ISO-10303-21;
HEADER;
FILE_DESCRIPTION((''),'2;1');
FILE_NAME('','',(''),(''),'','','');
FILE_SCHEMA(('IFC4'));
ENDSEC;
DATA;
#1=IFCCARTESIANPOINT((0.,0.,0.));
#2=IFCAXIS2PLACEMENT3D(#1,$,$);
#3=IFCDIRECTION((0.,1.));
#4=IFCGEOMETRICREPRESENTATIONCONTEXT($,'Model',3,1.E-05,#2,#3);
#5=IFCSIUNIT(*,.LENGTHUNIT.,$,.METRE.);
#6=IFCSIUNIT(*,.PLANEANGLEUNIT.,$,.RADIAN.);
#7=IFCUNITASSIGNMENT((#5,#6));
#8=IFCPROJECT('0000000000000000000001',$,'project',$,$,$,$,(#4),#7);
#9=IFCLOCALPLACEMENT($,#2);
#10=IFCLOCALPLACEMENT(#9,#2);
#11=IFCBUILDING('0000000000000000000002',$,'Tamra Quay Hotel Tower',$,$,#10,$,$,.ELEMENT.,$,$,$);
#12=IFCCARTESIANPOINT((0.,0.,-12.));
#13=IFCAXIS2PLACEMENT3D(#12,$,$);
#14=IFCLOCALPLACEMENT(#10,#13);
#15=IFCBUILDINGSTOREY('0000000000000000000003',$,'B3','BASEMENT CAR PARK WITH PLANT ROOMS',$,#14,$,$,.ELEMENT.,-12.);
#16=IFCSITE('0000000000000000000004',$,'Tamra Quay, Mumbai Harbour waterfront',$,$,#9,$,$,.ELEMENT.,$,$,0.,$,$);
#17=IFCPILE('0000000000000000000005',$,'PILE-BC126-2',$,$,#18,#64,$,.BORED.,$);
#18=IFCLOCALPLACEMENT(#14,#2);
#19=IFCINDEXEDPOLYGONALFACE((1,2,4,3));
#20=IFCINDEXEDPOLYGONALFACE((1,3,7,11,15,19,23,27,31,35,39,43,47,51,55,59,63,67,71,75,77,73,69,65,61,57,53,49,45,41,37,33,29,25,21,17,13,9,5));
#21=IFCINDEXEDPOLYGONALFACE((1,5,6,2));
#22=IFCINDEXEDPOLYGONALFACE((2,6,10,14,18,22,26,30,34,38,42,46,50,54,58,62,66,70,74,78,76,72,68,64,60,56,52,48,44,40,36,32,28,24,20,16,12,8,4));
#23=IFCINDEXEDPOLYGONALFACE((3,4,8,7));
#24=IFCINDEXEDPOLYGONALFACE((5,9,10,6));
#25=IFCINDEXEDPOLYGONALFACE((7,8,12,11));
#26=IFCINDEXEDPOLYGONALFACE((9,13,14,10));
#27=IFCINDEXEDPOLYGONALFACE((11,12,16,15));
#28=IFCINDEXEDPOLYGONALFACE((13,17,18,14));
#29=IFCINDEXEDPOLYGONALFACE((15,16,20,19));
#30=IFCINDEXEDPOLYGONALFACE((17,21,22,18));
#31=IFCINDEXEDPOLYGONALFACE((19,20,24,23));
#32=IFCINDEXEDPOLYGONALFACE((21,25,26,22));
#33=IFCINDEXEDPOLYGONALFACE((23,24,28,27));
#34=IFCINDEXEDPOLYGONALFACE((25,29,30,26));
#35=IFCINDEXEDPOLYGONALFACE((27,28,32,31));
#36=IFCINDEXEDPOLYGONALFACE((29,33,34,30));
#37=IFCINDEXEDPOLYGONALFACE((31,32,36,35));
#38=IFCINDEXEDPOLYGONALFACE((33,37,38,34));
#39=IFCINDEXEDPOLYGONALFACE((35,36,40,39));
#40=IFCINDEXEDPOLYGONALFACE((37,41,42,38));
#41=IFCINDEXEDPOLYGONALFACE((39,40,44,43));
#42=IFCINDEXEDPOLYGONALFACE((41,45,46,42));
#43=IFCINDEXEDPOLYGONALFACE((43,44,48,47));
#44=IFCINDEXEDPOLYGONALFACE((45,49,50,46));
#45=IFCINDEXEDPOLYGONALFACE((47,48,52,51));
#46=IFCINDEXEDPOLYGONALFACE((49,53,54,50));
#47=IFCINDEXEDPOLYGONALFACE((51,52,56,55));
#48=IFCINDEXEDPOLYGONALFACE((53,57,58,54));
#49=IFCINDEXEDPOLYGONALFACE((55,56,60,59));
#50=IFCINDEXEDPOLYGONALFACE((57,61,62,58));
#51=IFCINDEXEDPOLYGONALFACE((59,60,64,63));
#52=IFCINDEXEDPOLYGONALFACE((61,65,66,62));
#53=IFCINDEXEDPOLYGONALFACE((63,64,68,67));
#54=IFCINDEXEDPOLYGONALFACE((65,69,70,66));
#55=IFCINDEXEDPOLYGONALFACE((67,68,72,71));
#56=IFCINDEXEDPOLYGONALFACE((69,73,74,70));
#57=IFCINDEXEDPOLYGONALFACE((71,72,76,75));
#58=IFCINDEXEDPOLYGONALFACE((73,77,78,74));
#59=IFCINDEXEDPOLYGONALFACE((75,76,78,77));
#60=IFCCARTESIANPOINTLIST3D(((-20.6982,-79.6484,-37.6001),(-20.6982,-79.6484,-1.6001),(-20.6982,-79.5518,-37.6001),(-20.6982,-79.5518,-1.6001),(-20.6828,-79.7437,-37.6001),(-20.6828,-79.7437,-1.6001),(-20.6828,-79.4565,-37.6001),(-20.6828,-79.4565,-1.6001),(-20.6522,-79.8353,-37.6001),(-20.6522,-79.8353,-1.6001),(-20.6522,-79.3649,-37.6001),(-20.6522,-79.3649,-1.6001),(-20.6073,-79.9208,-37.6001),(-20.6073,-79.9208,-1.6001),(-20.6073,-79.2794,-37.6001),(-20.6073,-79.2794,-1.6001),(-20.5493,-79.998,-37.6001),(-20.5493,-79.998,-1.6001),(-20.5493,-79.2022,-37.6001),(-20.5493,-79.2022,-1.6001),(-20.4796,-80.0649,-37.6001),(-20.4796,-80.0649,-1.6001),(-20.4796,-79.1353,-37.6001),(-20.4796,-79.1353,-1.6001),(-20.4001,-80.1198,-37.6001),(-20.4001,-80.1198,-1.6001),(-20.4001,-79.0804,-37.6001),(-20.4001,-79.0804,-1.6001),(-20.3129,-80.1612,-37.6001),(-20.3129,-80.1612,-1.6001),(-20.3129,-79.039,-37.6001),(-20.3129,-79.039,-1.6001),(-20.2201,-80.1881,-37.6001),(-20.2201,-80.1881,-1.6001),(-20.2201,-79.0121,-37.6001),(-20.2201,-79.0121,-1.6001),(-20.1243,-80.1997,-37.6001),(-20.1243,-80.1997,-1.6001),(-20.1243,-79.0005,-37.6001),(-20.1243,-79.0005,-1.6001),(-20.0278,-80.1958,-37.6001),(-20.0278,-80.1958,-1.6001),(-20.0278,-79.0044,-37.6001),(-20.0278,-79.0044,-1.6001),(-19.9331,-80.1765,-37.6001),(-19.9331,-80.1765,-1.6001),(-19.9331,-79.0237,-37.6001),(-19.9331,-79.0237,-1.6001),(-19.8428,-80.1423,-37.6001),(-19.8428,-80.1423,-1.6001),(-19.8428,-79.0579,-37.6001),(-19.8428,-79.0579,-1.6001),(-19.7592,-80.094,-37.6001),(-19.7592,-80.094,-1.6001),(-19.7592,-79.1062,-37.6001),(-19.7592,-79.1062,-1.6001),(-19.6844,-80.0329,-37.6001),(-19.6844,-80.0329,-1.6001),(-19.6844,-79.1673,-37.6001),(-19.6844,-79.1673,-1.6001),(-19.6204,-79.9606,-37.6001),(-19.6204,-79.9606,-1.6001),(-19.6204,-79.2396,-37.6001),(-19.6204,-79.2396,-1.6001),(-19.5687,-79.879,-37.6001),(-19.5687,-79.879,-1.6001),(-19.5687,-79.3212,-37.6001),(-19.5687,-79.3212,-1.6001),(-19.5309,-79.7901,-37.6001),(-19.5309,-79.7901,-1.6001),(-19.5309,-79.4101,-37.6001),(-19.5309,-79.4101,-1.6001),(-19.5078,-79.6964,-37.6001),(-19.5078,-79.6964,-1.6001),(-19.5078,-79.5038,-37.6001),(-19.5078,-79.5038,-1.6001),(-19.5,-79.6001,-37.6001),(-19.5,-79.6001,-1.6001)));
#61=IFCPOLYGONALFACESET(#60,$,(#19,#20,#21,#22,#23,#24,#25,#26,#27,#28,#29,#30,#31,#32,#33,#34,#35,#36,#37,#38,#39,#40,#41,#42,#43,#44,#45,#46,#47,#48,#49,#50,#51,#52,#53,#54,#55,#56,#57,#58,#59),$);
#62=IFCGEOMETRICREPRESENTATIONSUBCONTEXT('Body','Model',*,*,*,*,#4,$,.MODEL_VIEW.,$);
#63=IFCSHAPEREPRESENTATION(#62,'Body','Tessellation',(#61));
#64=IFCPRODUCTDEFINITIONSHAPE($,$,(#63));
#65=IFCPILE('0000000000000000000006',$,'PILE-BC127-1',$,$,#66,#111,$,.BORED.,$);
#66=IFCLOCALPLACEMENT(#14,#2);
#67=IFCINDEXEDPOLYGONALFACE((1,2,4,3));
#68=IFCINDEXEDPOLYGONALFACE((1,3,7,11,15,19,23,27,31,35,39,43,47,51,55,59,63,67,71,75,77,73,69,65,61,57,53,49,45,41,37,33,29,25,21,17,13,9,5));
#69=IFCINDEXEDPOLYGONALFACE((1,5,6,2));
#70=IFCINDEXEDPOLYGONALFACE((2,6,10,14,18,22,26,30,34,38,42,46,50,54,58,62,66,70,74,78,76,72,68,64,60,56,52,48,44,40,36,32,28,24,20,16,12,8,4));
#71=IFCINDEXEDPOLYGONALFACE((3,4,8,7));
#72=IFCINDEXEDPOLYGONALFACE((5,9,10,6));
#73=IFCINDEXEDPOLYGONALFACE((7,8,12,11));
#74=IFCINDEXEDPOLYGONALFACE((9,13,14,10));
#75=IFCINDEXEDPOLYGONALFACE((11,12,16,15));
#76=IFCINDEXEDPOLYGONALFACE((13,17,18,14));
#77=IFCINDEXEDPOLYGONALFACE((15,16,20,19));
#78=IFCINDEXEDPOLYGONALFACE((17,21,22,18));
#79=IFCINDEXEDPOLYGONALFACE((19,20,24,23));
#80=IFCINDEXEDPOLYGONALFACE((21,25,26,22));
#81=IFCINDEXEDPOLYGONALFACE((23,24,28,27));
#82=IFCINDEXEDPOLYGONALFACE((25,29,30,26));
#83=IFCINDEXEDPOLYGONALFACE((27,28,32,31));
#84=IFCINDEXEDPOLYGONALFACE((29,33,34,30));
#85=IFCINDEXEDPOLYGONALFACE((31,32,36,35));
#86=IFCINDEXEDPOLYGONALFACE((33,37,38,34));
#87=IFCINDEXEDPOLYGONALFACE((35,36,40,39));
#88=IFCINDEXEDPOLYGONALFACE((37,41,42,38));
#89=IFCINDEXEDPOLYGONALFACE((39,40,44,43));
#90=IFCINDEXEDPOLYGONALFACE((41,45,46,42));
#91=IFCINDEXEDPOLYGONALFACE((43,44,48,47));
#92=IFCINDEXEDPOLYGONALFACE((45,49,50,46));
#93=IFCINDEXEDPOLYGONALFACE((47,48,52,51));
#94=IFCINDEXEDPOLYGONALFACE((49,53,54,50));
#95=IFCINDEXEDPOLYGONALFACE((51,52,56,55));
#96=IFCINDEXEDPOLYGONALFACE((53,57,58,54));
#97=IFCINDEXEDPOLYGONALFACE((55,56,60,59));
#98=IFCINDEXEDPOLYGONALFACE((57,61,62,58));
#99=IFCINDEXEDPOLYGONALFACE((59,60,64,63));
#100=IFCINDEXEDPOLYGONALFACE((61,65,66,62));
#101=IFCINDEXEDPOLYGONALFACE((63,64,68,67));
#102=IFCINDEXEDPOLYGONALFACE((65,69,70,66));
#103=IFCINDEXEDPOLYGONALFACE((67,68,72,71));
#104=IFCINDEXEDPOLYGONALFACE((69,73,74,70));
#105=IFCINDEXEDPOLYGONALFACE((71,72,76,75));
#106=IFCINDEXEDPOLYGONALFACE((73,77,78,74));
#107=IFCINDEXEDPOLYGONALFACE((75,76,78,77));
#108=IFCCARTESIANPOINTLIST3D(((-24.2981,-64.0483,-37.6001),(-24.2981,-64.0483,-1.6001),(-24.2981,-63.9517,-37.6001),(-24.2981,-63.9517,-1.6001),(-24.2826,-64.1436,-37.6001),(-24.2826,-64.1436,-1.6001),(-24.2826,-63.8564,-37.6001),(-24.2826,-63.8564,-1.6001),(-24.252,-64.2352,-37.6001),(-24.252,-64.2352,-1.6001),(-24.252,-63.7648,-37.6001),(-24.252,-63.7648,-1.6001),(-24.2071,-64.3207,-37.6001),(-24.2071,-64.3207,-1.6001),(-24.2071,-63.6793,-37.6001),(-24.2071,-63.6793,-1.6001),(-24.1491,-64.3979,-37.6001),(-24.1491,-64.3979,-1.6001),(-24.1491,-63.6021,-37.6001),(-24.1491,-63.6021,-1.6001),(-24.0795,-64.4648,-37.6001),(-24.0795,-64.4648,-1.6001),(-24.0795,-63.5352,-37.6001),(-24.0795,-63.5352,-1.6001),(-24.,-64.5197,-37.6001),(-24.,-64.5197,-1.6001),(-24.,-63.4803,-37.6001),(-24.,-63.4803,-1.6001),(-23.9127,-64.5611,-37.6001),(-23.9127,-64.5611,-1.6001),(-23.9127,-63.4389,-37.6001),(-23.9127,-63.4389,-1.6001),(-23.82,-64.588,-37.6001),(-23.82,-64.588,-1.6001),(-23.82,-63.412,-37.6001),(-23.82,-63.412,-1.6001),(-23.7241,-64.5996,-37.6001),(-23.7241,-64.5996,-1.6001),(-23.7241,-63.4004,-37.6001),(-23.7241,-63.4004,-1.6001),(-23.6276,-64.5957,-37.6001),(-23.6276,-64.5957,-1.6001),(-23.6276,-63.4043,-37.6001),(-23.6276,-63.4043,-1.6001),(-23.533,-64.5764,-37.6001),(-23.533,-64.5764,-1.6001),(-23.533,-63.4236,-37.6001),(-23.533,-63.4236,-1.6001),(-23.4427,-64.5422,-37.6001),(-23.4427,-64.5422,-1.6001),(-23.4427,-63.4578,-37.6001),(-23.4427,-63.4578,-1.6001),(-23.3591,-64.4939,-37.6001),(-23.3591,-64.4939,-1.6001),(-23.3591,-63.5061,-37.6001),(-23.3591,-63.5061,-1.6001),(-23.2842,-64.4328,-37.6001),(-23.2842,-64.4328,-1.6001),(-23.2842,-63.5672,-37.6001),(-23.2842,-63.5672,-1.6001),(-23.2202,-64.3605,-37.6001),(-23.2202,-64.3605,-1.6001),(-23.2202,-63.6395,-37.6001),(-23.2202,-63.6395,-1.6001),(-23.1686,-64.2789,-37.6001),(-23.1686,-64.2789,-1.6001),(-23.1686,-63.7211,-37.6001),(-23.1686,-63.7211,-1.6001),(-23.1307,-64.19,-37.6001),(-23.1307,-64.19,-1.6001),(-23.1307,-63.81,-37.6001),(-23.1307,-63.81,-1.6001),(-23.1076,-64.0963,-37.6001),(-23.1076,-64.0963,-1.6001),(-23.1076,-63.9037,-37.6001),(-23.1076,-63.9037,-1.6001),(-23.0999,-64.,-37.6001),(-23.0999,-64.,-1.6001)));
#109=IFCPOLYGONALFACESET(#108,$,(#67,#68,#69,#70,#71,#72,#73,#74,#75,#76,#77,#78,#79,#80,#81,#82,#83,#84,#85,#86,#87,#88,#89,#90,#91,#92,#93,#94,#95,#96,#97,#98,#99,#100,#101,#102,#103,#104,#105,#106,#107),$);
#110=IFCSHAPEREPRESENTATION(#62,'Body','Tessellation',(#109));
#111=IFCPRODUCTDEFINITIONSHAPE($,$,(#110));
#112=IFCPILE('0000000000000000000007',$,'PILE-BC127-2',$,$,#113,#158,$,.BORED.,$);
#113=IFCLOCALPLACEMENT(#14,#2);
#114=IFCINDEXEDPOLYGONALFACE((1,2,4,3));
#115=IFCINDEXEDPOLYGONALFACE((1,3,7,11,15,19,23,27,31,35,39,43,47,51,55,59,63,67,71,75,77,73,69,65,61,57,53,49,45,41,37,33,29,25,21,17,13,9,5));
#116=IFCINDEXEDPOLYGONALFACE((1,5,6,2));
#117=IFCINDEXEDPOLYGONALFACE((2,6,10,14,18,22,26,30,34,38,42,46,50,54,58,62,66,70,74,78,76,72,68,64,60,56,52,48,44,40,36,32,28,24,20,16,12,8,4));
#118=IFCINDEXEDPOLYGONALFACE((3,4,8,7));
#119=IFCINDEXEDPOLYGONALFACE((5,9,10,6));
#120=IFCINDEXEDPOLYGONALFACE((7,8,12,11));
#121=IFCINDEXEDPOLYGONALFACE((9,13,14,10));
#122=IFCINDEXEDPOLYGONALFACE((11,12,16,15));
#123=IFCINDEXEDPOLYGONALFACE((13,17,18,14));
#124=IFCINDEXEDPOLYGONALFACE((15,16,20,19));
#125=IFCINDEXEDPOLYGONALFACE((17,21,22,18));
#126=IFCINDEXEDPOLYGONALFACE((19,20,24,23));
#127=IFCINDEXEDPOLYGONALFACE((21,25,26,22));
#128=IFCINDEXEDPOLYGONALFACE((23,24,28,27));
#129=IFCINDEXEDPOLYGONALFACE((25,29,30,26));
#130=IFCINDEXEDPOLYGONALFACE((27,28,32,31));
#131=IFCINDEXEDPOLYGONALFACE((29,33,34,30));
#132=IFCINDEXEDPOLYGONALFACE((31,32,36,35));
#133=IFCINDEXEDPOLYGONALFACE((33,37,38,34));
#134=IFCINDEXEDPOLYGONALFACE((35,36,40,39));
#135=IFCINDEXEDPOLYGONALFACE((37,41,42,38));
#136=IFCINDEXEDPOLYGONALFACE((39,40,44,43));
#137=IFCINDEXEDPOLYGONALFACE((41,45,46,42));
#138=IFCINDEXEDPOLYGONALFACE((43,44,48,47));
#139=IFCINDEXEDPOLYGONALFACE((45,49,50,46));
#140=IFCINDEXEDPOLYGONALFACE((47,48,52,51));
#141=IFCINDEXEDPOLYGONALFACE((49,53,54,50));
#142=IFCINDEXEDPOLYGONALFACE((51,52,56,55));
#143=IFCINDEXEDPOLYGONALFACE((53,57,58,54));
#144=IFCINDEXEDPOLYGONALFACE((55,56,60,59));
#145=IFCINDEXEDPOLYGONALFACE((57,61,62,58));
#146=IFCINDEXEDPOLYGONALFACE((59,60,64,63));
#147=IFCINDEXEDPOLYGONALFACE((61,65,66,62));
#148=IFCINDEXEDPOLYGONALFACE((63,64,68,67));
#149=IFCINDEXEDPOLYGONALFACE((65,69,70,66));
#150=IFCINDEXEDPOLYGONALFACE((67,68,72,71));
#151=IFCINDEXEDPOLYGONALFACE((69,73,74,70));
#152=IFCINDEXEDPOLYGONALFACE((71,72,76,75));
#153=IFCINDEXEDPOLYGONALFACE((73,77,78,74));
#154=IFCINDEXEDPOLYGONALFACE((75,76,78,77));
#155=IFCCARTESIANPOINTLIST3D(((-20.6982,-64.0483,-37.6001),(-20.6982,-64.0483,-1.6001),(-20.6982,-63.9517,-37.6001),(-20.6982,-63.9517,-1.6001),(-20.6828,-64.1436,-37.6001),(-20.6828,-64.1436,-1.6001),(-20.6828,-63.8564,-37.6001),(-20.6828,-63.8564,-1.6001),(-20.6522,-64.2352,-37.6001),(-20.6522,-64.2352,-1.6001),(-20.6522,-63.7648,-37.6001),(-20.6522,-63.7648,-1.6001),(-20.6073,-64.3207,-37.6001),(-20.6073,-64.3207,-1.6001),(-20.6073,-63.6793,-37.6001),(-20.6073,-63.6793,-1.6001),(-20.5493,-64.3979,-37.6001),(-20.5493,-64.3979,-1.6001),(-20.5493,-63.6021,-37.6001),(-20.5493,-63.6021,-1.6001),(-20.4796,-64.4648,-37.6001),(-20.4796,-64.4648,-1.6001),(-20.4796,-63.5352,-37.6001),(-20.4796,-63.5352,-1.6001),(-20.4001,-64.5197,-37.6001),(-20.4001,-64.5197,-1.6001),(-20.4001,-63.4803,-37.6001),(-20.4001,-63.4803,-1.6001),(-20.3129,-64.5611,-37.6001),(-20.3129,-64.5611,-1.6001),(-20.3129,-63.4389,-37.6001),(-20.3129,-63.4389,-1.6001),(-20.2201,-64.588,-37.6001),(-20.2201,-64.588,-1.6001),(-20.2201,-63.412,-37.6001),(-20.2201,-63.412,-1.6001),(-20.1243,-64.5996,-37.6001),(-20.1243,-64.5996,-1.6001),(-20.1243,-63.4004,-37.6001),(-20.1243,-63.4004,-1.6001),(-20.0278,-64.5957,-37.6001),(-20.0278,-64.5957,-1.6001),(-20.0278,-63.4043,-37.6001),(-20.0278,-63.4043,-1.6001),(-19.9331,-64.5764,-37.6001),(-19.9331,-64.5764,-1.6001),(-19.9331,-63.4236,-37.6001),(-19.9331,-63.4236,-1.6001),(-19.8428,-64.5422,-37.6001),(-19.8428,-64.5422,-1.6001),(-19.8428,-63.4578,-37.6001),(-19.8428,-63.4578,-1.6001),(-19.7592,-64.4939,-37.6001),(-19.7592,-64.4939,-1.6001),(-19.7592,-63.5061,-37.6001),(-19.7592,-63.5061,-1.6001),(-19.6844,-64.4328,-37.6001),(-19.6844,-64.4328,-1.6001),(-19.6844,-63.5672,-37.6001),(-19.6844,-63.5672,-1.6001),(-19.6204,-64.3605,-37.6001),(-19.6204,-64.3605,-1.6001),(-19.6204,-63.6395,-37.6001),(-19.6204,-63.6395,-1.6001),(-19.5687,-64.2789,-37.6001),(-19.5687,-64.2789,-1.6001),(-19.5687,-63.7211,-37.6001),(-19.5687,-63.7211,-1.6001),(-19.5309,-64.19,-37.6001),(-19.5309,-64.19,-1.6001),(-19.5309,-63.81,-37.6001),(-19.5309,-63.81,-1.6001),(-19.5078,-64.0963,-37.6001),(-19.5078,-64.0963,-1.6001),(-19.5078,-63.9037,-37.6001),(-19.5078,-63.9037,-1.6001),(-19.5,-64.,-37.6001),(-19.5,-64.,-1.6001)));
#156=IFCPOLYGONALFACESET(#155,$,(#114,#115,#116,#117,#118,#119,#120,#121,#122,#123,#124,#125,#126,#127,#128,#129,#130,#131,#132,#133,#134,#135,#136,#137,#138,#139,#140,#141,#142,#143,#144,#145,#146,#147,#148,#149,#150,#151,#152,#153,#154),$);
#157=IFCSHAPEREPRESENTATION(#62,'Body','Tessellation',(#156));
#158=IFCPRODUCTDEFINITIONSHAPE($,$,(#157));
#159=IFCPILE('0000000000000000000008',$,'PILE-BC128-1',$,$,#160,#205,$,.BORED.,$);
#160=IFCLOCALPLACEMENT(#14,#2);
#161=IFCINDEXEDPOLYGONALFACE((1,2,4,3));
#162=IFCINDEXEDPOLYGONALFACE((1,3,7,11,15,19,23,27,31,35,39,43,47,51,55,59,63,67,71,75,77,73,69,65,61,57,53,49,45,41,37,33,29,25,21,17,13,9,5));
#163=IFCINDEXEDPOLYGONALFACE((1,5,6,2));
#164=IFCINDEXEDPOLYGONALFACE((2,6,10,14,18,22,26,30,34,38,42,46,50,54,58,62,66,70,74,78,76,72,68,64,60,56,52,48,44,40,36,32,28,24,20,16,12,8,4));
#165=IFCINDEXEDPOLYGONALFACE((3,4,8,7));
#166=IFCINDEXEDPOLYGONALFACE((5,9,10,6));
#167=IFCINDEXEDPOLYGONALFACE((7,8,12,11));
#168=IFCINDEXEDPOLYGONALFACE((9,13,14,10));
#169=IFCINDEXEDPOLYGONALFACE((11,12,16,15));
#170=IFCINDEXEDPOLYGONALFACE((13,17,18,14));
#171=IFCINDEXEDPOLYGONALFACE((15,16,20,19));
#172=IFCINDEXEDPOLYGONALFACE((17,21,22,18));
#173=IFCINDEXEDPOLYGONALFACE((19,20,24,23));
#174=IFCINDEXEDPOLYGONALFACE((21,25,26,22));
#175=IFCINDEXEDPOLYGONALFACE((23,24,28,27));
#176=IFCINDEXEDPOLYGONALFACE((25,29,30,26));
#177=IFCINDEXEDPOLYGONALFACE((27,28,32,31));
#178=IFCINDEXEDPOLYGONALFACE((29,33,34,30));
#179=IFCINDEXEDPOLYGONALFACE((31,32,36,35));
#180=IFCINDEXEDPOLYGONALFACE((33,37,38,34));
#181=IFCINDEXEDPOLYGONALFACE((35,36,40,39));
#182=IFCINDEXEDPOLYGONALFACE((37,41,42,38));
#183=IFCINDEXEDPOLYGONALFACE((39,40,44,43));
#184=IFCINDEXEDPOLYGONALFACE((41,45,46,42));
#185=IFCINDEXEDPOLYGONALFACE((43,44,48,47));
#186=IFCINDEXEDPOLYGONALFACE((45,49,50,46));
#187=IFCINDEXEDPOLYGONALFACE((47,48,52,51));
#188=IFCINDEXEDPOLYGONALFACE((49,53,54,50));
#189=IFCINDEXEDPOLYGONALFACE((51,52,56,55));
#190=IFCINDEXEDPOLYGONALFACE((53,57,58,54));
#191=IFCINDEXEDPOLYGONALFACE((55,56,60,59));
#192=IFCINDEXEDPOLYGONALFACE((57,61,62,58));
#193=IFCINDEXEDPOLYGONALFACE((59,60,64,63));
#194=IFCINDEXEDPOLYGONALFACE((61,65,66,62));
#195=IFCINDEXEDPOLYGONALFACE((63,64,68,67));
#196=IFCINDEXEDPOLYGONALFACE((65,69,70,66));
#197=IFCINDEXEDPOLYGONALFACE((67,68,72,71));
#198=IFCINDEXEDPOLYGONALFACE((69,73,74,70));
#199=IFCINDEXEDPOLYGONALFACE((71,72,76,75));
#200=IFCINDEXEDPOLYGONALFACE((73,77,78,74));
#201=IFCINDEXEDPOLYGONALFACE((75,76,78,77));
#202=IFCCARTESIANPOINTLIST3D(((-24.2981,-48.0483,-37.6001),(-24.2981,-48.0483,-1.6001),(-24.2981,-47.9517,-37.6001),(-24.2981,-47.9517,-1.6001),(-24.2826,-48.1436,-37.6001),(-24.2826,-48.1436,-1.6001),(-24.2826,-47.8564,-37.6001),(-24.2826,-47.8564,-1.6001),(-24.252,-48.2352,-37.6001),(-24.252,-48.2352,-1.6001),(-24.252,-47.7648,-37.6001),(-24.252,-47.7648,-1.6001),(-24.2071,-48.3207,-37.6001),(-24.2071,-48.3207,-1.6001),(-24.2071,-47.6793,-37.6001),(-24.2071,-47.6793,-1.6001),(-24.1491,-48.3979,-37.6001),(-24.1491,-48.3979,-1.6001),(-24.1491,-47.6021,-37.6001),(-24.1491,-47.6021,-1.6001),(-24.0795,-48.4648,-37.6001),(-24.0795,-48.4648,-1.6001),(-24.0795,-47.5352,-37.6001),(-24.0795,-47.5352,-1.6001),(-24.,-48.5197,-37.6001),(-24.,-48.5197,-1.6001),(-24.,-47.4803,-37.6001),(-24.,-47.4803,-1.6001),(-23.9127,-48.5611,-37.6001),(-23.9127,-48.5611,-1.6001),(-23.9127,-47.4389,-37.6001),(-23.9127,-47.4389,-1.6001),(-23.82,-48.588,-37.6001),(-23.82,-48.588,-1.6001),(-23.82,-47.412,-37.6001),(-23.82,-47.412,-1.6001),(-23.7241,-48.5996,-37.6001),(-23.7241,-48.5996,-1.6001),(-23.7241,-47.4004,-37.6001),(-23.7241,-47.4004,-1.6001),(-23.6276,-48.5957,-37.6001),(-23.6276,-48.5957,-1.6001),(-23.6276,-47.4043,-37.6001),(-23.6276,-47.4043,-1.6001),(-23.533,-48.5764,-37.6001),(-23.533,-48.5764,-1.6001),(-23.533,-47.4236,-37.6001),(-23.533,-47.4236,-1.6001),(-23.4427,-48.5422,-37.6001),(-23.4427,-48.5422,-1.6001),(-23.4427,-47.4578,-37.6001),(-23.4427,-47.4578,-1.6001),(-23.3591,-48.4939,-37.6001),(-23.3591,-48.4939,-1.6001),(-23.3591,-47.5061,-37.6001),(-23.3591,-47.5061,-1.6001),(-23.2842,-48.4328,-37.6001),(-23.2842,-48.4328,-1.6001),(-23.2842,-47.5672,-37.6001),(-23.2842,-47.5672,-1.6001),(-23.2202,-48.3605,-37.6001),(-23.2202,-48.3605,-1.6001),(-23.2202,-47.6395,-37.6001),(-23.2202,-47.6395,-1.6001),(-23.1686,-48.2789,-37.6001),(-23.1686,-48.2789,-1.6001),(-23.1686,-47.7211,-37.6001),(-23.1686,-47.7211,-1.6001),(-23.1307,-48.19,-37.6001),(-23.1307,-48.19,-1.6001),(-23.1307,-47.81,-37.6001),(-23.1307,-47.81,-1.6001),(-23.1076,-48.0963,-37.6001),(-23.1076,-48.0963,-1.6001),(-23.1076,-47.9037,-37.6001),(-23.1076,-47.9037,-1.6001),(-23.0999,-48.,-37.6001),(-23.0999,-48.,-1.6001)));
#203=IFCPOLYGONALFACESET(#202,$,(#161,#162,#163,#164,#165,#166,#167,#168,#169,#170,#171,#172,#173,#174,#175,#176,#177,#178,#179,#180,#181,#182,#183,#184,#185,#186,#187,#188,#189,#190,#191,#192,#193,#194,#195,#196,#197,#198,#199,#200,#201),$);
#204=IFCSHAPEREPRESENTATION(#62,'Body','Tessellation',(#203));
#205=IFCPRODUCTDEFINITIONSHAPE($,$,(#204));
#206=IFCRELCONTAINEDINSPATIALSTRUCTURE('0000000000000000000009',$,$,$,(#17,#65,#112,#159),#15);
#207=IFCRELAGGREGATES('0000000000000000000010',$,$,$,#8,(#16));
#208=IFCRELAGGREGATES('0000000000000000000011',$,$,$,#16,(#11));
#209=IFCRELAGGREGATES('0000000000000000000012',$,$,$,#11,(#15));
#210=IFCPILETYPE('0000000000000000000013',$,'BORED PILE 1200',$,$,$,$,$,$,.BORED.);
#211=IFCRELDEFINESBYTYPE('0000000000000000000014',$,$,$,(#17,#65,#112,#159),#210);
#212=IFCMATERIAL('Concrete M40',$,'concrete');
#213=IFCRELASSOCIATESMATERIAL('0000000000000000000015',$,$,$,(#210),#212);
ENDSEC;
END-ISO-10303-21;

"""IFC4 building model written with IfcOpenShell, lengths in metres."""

from ifc_helpers import new_model, si_unit, direction, frame, origin, origin_2d, place, context, subcontext, project, spatial, circle, extrude, material, material_profile, profile_set, type_object, element, save


model = new_model("IFC4")

# Units and contexts
model_context = context("Model", 3, precision=1e-05, world=origin(), true_north=direction((0.0, 1.0)))
body_context = subcontext(model_context, "Body", "Model", "MODEL_VIEW")
ifc_project = project(units=[si_unit("LENGTHUNIT", "METRE"), si_unit("PLANEANGLEUNIT", "RADIAN")], contexts=[model_context])

# Site, building, storey
site_placement = place(None, origin())
site = spatial("IfcSite", under=ifc_project, at=site_placement, Name="Tamra Quay, Mumbai Harbour waterfront", CompositionType="ELEMENT", RefElevation=0.0)
building_placement = place(site_placement, origin())
building = spatial("IfcBuilding", under=site, at=building_placement, Name="Tamra Quay Hotel Tower", CompositionType="ELEMENT")
storey_placement = place(building_placement, frame((0.0, 0.0, -12.0)))
storey = spatial("IfcBuildingStorey", under=building, at=storey_placement, Name="B3", Description="BASEMENT CAR PARK WITH PLANT ROOMS", CompositionType="ELEMENT", Elevation=-12.0)

# Piles
ifc_material_1 = material(Name="Concrete M40", Category="concrete")
ifc_material_profile_1 = material_profile(ifc_material_1, circle(Radius=0.6001, at=origin_2d()), Name="BORED PILE 1200")
ifc_profile_set_1 = profile_set([ifc_material_profile_1], Name="Concrete M40")
pile_type = type_object("IfcPileType", Name="BORED PILE 1200", PredefinedType="BORED", material=ifc_profile_set_1)
for number, where, z_axis, x_axis, name in (
    (1, (-20.1001, -79.6001, -1.6001), (0.0, 0.0, -1.0), (1.0, 0.0, 0.0), "PILE-BC126-2"),
    (2, (-23.7, -64.0, -1.6001), (0.0, 0.0, -1.0), (1.0, 0.0, 0.0), "PILE-BC127-1"),
    (3, (-20.1001, -64.0, -1.6001), (0.0, 0.0, -1.0), (1.0, 0.0, 0.0), "PILE-BC127-2"),
    (4, (-23.7, -48.0, -1.6001), (0.0, 0.0, -1.0), (1.0, 0.0, 0.0), "PILE-BC128-1"),
):
    element("IfcPile", number, at=place(storey_placement, frame(where, z_axis=z_axis, x_axis=x_axis)), inside=storey, type_object=pile_type, Name=name, PredefinedType="BORED", context=body_context, shape_type="SweptSolid", body=[
        extrude(circle(Radius=0.6001, at=origin_2d()), origin(), (0.0, 0.0, 1.0), 36.0),
    ])

save(model, "model.ifc")
